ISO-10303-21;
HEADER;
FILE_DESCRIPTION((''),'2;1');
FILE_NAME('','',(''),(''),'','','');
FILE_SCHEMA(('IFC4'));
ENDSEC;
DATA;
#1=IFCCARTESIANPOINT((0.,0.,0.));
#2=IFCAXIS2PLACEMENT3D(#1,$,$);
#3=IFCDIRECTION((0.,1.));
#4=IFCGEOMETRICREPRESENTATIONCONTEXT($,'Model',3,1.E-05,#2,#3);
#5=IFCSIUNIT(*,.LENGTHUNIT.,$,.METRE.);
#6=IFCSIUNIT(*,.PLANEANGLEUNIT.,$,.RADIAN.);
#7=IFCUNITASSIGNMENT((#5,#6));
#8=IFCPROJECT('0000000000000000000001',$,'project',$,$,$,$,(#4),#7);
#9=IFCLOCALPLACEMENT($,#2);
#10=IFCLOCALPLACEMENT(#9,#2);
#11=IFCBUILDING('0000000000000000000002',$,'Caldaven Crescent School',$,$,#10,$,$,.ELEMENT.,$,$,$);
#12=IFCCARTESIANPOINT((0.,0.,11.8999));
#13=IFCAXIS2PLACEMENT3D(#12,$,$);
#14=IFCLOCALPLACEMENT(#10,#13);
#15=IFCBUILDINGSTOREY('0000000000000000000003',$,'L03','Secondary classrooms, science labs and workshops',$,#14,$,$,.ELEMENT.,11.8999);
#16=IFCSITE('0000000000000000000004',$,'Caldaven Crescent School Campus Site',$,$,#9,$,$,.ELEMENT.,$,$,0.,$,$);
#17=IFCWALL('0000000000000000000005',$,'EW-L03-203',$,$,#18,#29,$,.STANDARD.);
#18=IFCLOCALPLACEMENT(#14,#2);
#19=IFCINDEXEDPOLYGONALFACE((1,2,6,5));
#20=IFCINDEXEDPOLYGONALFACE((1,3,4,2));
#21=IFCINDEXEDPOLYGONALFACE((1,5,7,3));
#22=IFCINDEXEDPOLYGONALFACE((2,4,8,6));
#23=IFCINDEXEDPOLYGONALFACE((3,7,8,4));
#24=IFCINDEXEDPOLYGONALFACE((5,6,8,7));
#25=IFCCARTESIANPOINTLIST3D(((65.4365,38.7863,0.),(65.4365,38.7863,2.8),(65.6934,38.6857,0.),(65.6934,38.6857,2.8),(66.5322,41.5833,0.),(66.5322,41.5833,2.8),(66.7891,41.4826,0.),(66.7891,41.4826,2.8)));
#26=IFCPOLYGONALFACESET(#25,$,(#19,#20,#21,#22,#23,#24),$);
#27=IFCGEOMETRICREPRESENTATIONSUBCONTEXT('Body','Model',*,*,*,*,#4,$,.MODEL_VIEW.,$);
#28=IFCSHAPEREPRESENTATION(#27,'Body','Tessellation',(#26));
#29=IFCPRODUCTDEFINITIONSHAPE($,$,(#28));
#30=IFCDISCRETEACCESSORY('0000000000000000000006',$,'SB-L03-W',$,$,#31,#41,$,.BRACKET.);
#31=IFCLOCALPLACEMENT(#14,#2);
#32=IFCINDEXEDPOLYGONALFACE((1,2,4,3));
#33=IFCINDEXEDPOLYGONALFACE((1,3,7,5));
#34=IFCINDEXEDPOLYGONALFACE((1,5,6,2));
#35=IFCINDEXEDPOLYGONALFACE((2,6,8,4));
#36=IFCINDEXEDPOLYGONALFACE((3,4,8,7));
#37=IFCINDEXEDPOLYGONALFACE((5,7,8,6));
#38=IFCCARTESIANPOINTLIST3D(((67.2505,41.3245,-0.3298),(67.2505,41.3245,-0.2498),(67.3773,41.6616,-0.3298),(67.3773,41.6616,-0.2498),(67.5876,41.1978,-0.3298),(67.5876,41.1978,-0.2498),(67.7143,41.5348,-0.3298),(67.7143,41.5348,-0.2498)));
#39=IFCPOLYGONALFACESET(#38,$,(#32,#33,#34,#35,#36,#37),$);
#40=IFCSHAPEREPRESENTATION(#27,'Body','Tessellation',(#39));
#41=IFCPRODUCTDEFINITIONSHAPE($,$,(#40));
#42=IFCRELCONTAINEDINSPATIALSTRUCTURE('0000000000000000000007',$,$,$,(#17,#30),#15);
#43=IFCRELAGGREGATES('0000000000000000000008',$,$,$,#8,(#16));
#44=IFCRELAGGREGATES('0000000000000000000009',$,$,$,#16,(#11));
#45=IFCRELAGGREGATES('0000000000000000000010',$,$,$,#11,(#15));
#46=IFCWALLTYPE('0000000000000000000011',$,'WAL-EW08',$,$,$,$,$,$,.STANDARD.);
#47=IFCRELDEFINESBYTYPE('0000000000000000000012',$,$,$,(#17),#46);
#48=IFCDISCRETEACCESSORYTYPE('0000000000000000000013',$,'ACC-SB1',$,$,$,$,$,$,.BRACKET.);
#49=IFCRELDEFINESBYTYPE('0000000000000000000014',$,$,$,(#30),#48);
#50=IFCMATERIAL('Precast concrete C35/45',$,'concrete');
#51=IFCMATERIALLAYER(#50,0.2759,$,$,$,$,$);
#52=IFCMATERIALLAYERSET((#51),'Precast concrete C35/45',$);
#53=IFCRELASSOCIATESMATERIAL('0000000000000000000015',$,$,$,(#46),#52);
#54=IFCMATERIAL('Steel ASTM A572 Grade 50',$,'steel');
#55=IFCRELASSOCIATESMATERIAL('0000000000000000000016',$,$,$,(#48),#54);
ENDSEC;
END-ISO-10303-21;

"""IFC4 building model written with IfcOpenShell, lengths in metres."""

from ifc_helpers import new_model, si_unit, direction, frame, frame_2d, origin, origin_2d, place, context, subcontext, project, spatial, rectangle, extrude, material, layer, layer_set, type_object, element, save


model = new_model("IFC4")

# Units and contexts
model_context = context("Model", 3, precision=1e-05, world=origin(), true_north=direction((0.0, 1.0)))
body_context = subcontext(model_context, "Body", "Model", "MODEL_VIEW")
ifc_project = project(units=[si_unit("LENGTHUNIT", "METRE"), si_unit("PLANEANGLEUNIT", "RADIAN")], contexts=[model_context])

# Site, building, storey
site_placement = place(None, origin())
site = spatial("IfcSite", under=ifc_project, at=site_placement, Name="Caldaven Crescent School Campus Site", CompositionType="ELEMENT", RefElevation=0.0)
building_placement = place(site_placement, origin())
building = spatial("IfcBuilding", under=site, at=building_placement, Name="Caldaven Crescent School", CompositionType="ELEMENT")
storey_placement = place(building_placement, frame((0.0, 0.0, 11.8999)))
storey = spatial("IfcBuildingStorey", under=building, at=storey_placement, Name="L03", Description="Secondary classrooms, science labs and workshops", CompositionType="ELEMENT", Elevation=11.8999)

# Shared definitions
ifc_material_1 = material(Name="Precast concrete C35/45", Category="concrete")

# Wall
ifc_layer_1 = layer(ifc_material_1, 0.2759)
ifc_layer_set_1 = layer_set([ifc_layer_1], Name="Precast concrete C35/45")
wall_type_1 = type_object("IfcWallType", Name="WAL-EW08", PredefinedType="STANDARD", material=ifc_layer_set_1)
wall_1_placement = place(storey_placement, frame((66.6606, 41.533, 0.0), z_axis=(0.0, 0.0, 1.0), x_axis=(-0.364767, -0.931099, 0.0)))
element("IfcWall", 1, at=wall_1_placement, inside=storey, type_object=wall_type_1, Name="EW-L03-203", PredefinedType="STANDARD", context=body_context, shape_type="SweptSolid", body=[
    extrude(rectangle(XDim=3.0039, YDim=0.2759, at=frame_2d((1.502, 0.0))), origin(), (0.0, 0.0, 1.0), 2.8),
])

# Discrete accessory
ifc_material_2 = material(Name="Steel ASTM A572 Grade 50", Category="steel")
discrete_accessory_type = type_object("IfcDiscreteAccessoryType", Name="ACC-SB1", PredefinedType="BRACKET", material=ifc_material_2)
discrete_accessory_placement = place(storey_placement, frame((67.4824, 41.4297, -0.3298), z_axis=(0.0, 0.0, 1.0), x_axis=(-0.352005, -0.935998, 0.0)))
element("IfcDiscreteAccessory", 2, at=discrete_accessory_placement, inside=storey, type_object=discrete_accessory_type, Name="SB-L03-W", PredefinedType="BRACKET", context=body_context, shape_type="SweptSolid", body=[
    extrude(rectangle(XDim=0.3601, YDim=0.3601, at=origin_2d()), origin(), (0.0, 0.0, 1.0), 0.0801),
])

save(model, "model.ifc")
